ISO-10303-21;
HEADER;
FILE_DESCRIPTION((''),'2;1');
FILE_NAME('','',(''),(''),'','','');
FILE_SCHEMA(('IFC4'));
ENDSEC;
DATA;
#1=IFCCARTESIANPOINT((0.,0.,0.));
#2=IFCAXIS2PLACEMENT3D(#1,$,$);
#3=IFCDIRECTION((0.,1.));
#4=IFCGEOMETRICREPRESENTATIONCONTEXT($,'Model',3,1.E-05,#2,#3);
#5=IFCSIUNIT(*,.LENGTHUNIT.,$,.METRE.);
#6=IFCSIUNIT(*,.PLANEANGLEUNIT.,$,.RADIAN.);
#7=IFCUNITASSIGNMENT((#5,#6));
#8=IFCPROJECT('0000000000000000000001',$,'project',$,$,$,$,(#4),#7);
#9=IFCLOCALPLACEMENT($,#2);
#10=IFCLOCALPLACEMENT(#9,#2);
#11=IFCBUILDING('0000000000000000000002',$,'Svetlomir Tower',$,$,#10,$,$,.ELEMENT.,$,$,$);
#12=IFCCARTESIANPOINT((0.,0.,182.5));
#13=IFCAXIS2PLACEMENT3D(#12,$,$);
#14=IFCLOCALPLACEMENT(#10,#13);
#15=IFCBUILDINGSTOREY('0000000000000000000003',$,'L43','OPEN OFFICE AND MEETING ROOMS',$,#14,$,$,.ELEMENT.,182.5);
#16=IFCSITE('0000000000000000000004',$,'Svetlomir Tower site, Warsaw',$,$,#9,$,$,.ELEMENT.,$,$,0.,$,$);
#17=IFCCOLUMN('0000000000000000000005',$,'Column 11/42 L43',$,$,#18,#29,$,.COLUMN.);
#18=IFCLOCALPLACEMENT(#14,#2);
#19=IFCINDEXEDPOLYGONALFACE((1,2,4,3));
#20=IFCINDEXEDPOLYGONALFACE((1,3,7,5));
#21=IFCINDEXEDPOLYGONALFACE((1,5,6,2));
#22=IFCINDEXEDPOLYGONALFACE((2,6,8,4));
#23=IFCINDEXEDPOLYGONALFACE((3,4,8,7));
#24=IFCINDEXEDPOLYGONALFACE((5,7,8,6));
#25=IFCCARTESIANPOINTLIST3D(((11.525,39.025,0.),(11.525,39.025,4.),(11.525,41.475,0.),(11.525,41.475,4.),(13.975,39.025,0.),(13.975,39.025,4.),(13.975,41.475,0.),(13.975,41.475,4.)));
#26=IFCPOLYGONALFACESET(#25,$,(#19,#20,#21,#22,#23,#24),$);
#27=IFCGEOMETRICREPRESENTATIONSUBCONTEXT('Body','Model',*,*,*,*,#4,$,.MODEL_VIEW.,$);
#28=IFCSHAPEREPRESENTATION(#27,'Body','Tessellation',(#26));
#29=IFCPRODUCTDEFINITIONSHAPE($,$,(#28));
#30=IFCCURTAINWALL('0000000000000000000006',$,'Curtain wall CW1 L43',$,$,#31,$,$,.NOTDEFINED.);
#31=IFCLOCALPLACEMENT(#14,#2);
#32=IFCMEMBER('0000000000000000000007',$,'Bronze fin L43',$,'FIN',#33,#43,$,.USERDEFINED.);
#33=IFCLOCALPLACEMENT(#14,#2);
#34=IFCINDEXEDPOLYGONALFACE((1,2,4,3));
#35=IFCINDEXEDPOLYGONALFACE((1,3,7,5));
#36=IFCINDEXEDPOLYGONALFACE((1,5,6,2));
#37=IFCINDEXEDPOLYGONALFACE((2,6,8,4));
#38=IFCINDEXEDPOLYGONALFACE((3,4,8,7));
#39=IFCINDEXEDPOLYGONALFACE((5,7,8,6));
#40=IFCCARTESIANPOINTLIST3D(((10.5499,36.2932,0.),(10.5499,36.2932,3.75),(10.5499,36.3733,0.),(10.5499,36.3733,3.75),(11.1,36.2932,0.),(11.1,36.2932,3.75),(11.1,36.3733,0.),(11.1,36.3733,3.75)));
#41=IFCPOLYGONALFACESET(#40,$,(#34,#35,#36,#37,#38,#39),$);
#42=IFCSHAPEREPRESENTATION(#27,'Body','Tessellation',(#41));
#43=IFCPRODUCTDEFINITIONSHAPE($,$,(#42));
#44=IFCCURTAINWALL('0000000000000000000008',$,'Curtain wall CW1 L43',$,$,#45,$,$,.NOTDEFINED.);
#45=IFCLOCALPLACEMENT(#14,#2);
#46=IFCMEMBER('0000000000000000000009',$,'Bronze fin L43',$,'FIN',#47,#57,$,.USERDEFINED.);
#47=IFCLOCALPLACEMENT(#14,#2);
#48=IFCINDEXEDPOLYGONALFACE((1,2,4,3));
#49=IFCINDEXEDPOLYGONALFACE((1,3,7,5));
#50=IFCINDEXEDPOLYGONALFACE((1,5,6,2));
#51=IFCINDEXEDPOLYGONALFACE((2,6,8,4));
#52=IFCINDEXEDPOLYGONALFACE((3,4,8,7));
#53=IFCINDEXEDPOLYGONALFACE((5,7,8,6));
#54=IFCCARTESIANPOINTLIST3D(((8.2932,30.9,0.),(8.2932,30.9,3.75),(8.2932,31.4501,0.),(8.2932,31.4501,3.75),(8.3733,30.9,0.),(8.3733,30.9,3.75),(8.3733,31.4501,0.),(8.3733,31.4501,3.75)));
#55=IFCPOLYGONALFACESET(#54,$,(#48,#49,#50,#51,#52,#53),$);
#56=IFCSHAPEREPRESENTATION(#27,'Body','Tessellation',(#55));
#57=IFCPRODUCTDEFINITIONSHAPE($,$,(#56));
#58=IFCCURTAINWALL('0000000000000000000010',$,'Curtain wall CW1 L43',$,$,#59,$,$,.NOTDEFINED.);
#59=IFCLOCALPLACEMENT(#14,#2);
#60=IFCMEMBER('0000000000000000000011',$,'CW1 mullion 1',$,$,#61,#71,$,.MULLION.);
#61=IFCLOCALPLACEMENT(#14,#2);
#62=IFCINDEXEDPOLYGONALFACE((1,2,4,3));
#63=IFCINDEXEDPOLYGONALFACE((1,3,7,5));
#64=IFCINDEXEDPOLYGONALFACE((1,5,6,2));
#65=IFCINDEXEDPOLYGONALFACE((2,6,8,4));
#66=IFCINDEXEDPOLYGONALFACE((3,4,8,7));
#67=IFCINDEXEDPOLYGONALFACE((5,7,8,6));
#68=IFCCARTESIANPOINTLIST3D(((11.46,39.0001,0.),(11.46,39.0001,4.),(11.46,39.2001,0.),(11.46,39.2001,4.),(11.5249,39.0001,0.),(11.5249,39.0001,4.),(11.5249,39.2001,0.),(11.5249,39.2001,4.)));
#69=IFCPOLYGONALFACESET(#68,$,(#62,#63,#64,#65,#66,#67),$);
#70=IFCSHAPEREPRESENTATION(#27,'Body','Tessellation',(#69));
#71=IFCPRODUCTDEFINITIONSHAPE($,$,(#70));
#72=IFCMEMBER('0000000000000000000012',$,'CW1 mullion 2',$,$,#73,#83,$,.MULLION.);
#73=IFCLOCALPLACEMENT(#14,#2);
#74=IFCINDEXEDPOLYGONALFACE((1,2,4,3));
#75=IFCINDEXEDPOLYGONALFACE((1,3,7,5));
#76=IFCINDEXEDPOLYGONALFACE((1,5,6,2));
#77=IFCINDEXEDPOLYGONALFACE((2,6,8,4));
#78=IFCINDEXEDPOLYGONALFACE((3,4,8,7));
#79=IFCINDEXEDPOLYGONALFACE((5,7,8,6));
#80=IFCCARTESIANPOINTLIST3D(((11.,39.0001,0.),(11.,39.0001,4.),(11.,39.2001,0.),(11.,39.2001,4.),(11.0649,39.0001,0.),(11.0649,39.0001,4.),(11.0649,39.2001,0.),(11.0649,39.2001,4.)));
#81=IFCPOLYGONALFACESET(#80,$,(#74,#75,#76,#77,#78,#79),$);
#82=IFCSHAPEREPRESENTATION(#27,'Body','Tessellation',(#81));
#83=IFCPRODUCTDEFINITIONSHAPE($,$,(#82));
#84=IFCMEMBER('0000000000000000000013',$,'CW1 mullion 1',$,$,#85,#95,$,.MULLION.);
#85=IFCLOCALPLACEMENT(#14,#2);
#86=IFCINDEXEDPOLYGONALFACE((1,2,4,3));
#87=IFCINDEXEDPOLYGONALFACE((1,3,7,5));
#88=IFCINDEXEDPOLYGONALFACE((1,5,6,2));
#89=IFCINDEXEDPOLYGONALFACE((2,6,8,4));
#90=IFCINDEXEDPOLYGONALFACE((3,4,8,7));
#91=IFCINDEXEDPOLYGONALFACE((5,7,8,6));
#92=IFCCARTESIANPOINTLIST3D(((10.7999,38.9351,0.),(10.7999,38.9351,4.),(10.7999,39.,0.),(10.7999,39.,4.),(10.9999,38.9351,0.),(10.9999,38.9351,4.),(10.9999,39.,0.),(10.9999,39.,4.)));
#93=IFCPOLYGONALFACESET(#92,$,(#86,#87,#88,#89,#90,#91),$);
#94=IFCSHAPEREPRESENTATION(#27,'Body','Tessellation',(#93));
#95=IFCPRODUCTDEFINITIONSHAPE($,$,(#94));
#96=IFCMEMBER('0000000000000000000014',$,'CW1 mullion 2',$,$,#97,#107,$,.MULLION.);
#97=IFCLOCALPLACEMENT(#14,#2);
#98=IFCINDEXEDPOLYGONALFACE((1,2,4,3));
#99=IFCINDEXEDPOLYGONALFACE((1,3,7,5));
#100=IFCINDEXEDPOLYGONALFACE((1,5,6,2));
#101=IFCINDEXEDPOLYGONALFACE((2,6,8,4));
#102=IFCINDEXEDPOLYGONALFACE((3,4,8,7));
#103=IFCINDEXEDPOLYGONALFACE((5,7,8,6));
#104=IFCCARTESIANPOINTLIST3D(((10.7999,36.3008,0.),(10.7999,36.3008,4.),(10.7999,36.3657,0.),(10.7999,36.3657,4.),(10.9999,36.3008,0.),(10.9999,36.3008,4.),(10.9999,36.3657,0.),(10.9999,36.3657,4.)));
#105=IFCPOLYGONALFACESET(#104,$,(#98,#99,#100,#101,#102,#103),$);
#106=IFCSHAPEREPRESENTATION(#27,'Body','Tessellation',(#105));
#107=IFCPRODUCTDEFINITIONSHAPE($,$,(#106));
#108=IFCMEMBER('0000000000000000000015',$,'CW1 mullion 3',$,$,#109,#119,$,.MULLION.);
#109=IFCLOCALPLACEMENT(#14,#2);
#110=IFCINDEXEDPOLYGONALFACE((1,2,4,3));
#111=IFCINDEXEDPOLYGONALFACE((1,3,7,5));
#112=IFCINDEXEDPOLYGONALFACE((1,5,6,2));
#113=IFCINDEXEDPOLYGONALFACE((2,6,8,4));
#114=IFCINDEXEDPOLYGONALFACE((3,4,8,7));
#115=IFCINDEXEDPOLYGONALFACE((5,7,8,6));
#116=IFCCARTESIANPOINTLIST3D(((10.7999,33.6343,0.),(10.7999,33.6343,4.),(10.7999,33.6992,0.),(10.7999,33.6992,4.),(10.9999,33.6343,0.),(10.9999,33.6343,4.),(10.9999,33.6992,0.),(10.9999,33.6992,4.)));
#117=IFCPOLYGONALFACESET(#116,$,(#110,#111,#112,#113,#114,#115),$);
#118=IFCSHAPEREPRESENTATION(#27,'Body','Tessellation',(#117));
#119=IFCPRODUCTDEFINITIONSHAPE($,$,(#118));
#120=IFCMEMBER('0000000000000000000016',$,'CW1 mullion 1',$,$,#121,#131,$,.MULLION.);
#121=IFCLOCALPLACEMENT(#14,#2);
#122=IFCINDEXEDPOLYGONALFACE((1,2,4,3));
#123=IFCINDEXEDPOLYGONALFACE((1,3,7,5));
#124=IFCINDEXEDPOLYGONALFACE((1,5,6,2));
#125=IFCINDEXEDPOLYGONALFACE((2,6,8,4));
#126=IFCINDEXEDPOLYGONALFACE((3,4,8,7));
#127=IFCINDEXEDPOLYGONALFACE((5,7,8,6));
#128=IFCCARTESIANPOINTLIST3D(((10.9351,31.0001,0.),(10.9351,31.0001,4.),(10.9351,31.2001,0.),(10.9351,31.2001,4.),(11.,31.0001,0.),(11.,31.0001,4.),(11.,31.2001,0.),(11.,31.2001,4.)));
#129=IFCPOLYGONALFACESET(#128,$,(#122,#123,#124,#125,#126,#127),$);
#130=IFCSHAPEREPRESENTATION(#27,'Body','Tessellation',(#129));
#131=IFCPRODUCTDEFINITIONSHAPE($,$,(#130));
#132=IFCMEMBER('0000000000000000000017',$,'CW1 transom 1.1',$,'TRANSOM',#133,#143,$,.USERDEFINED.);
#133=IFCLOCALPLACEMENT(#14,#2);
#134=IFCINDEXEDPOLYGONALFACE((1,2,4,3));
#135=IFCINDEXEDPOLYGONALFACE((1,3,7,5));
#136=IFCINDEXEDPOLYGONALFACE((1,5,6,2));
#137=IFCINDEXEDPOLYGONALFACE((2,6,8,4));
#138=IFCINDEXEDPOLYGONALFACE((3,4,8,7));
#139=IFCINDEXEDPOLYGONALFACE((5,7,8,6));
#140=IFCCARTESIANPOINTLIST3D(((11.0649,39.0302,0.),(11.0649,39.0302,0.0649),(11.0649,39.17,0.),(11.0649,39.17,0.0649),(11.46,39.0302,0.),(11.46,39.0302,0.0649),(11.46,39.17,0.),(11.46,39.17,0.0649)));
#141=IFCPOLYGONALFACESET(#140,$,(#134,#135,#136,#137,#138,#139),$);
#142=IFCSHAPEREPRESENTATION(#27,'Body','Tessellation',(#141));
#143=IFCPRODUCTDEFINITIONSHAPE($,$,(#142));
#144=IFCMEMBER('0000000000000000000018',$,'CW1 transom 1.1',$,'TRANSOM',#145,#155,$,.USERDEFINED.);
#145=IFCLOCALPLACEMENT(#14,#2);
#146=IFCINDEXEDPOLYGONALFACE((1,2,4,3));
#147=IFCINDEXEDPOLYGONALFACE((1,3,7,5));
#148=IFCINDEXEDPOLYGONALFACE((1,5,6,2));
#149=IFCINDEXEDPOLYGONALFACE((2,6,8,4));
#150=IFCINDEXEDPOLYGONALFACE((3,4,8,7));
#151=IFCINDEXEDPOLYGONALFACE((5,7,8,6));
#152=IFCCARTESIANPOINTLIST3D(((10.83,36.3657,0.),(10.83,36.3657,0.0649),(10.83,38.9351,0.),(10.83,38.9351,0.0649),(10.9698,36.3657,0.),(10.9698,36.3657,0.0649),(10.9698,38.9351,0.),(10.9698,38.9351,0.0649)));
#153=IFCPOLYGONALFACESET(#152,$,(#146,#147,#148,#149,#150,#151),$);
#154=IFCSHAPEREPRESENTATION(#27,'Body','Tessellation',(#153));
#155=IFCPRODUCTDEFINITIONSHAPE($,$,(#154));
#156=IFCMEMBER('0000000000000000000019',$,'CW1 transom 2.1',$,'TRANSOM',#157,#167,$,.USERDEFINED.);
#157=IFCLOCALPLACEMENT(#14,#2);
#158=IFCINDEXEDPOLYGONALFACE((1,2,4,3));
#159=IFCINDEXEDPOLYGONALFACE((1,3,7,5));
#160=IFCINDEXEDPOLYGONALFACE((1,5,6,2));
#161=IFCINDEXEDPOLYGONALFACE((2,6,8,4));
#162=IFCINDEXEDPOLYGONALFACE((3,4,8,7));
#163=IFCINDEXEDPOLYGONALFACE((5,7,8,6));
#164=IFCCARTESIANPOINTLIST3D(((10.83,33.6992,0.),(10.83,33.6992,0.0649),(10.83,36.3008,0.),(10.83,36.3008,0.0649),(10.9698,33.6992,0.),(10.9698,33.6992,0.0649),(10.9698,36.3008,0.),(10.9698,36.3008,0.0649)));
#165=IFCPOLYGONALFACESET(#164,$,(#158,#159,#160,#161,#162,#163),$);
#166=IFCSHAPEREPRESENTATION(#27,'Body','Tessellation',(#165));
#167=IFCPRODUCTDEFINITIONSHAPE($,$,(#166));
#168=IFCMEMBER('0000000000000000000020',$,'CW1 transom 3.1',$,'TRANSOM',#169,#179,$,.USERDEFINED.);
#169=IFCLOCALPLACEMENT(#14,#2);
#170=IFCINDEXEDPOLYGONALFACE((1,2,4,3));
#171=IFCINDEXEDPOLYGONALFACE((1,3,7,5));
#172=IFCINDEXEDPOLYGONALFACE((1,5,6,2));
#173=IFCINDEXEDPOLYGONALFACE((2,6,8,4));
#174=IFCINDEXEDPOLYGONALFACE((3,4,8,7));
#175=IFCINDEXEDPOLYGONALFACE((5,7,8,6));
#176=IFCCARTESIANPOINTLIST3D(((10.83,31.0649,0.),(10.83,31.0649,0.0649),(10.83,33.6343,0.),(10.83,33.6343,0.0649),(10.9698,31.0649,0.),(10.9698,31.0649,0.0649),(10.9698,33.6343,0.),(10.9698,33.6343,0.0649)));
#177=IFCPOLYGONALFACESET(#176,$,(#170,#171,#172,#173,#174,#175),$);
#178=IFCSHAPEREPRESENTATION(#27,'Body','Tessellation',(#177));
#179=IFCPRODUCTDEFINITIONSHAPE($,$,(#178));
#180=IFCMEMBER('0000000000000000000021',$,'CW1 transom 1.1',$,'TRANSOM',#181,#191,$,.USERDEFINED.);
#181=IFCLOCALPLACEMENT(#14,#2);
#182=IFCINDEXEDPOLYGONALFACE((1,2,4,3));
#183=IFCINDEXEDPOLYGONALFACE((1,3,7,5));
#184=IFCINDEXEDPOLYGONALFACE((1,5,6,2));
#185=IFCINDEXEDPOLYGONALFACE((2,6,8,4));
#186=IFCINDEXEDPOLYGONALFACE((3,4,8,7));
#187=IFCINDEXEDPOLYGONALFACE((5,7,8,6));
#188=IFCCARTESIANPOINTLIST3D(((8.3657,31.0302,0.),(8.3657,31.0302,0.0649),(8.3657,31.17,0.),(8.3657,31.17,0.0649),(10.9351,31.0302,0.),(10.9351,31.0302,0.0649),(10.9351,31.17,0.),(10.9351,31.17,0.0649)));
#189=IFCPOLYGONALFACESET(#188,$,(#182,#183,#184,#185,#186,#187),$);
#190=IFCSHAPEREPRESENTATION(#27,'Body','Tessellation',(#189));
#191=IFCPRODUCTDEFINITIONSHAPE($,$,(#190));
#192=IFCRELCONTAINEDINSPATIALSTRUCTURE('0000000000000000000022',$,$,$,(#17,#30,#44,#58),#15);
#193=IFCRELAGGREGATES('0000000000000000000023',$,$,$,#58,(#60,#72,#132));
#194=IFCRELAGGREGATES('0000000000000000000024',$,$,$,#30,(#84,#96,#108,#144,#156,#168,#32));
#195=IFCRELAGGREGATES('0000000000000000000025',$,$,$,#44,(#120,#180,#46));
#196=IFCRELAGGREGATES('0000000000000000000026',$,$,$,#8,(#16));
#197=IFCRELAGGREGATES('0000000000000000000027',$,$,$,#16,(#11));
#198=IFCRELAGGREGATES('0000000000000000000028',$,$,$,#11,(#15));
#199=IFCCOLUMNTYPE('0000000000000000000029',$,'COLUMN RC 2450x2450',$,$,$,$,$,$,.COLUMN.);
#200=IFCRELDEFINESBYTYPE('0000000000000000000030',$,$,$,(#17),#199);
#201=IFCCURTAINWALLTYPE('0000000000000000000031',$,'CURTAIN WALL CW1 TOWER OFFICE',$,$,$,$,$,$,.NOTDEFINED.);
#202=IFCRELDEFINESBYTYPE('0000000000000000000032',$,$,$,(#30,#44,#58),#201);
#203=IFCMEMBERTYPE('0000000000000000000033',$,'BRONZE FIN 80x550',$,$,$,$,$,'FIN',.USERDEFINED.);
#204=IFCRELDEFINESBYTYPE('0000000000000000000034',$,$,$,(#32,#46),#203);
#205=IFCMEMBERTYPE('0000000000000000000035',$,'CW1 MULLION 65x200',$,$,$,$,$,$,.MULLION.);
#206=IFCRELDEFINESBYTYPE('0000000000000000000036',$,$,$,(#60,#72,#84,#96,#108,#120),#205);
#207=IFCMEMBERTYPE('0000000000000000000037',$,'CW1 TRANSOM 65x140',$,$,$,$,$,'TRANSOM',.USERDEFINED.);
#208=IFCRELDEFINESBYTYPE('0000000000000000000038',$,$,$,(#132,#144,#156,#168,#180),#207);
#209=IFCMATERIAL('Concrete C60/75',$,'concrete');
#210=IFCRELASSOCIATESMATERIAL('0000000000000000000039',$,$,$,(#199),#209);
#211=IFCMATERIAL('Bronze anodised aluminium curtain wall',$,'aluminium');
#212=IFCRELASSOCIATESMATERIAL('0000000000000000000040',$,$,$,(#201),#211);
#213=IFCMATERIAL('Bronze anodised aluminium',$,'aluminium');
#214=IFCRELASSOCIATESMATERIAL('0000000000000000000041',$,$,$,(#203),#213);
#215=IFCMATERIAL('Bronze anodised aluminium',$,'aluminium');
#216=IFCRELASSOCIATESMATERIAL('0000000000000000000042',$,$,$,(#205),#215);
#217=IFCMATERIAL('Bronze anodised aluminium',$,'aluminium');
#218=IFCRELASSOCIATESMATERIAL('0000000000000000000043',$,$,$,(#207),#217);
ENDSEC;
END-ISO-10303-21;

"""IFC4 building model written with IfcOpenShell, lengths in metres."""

from ifc_helpers import new_model, si_unit, direction, frame, origin, origin_2d, place, context, subcontext, project, spatial, rectangle, extrude, material, material_profile, profile_set, type_object, element, aggregate, save


model = new_model("IFC4")

# Units and contexts
model_context = context("Model", 3, precision=1e-05, world=origin(), true_north=direction((0.0, 1.0)))
body_context = subcontext(model_context, "Body", "Model", "MODEL_VIEW")
ifc_project = project(units=[si_unit("LENGTHUNIT", "METRE"), si_unit("PLANEANGLEUNIT", "RADIAN")], contexts=[model_context])

# Site, building, storey
site_placement = place(None, origin())
site = spatial("IfcSite", under=ifc_project, at=site_placement, Name="Svetlomir Tower site, Warsaw", CompositionType="ELEMENT", RefElevation=0.0)
building_placement = place(site_placement, origin())
building = spatial("IfcBuilding", under=site, at=building_placement, Name="Svetlomir Tower", CompositionType="ELEMENT")
storey_placement = place(building_placement, frame((0.0, 0.0, 182.5)))
storey = spatial("IfcBuildingStorey", under=building, at=storey_placement, Name="L43", Description="OPEN OFFICE AND MEETING ROOMS", CompositionType="ELEMENT", Elevation=182.5)

# Column
ifc_material_1 = material(Name="Concrete C60/75", Category="concrete")
ifc_material_profile_1 = material_profile(ifc_material_1, rectangle(XDim=2.45, YDim=2.45, at=origin_2d()), Name="RC 2450x2450")
ifc_profile_set_1 = profile_set([ifc_material_profile_1], Name="Concrete C60/75")
column_type = type_object("IfcColumnType", Name="COLUMN RC 2450x2450", PredefinedType="COLUMN", material=ifc_profile_set_1)
column_placement = place(storey_placement, frame((12.75, 40.25, 0.0), z_axis=(0.0, 0.0, 1.0), x_axis=(1.0, 0.0, 0.0)))
element("IfcColumn", 1, at=column_placement, inside=storey, type_object=column_type, Name="Column 11/42 L43", PredefinedType="COLUMN", context=body_context, shape_type="SweptSolid", body=[
    extrude(rectangle(XDim=2.45, YDim=2.45, at=origin_2d()), origin(), (0.0, 0.0, 1.0), 4.0),
])

# Curtain walls, members
ifc_material_2 = material(Name="Bronze anodised aluminium curtain wall", Category="aluminium")
curtain_wall_type = type_object("IfcCurtainWallType", Name="CURTAIN WALL CW1 TOWER OFFICE", PredefinedType="NOTDEFINED", material=ifc_material_2)
curtain_wall_1_placement = place(storey_placement, origin())
curtain_wall_1 = element("IfcCurtainWall", 2, at=curtain_wall_1_placement, inside=storey, type_object=curtain_wall_type, Name="Curtain wall CW1 L43", PredefinedType="NOTDEFINED")
ifc_material_3 = material(Name="Bronze anodised aluminium", Category="aluminium")
ifc_material_profile_2 = material_profile(ifc_material_3, rectangle(XDim=0.0801, YDim=0.55, at=origin_2d()), Name="FIN 80x550")
ifc_profile_set_2 = profile_set([ifc_material_profile_2], Name="Bronze anodised aluminium 6063-T6")
member_type_1 = type_object("IfcMemberType", Name="BRONZE FIN 80x550", ElementType="FIN", PredefinedType="USERDEFINED", material=ifc_profile_set_2)
member_1_placement = place(storey_placement, frame((10.825, 36.3333, 0.0), z_axis=(0.0, 0.0, 1.0), x_axis=(0.0, 1.0, 0.0)))
member_1 = element("IfcMember", 3, at=member_1_placement, type_object=member_type_1, Name="Bronze fin L43", ObjectType="FIN", PredefinedType="USERDEFINED", context=body_context, shape_type="SweptSolid", body=[
    extrude(rectangle(XDim=0.0801, YDim=0.55, at=origin_2d()), origin(), (0.0, 0.0, 1.0), 3.75),
])
curtain_wall_2_placement = place(storey_placement, origin())
curtain_wall_2 = element("IfcCurtainWall", 4, at=curtain_wall_2_placement, inside=storey, type_object=curtain_wall_type, Name="Curtain wall CW1 L43", PredefinedType="NOTDEFINED")
member_2_placement = place(storey_placement, frame((8.3333, 31.175, 0.0), z_axis=(0.0, 0.0, 1.0), x_axis=(1.0, 0.0, 0.0)))
member_2 = element("IfcMember", 5, at=member_2_placement, type_object=member_type_1, Name="Bronze fin L43", ObjectType="FIN", PredefinedType="USERDEFINED", context=body_context, shape_type="SweptSolid", body=[
    extrude(rectangle(XDim=0.0801, YDim=0.55, at=origin_2d()), origin(), (0.0, 0.0, 1.0), 3.75),
])

# Curtain wall, members
curtain_wall_3_placement = place(storey_placement, origin())
curtain_wall_3 = element("IfcCurtainWall", 6, at=curtain_wall_3_placement, inside=storey, type_object=curtain_wall_type, Name="Curtain wall CW1 L43", PredefinedType="NOTDEFINED")
ifc_material_4 = material(Name="Bronze anodised aluminium", Category="aluminium")
ifc_material_profile_3 = material_profile(ifc_material_4, rectangle(XDim=0.0649, YDim=0.2, at=origin_2d()), Name="AL 65x200")
ifc_profile_set_3 = profile_set([ifc_material_profile_3], Name="Bronze anodised aluminium 6063-T6")
member_type_2 = type_object("IfcMemberType", Name="CW1 MULLION 65x200", PredefinedType="MULLION", material=ifc_profile_set_3)
member_3_placement = place(storey_placement, frame((11.4924, 39.1001, 0.0), z_axis=(0.0, 0.0, 1.0), x_axis=(-1.0, 0.0, 0.0)))
member_3 = element("IfcMember", 7, at=member_3_placement, type_object=member_type_2, Name="CW1 mullion 1", PredefinedType="MULLION", context=body_context, shape_type="SweptSolid", body=[
    extrude(rectangle(XDim=0.0649, YDim=0.2, at=origin_2d()), origin(), (0.0, 0.0, 1.0), 4.0),
])
member_4_placement = place(storey_placement, frame((11.0325, 39.1001, 0.0), z_axis=(0.0, 0.0, 1.0), x_axis=(-1.0, 0.0, 0.0)))
member_4 = element("IfcMember", 8, at=member_4_placement, type_object=member_type_2, Name="CW1 mullion 2", PredefinedType="MULLION", context=body_context, shape_type="SweptSolid", body=[
    extrude(rectangle(XDim=0.0649, YDim=0.2, at=origin_2d()), origin(), (0.0, 0.0, 1.0), 4.0),
])

# Members
member_5_placement = place(storey_placement, frame((10.8999, 38.9675, 0.0), z_axis=(0.0, 0.0, 1.0), x_axis=(0.0, -1.0, 0.0)))
member_5 = element("IfcMember", 9, at=member_5_placement, type_object=member_type_2, Name="CW1 mullion 1", PredefinedType="MULLION", context=body_context, shape_type="SweptSolid", body=[
    extrude(rectangle(XDim=0.0649, YDim=0.2, at=origin_2d()), origin(), (0.0, 0.0, 1.0), 4.0),
])
member_6_placement = place(storey_placement, frame((10.8999, 36.3333, 0.0), z_axis=(0.0, 0.0, 1.0), x_axis=(0.0, -1.0, 0.0)))
member_6 = element("IfcMember", 10, at=member_6_placement, type_object=member_type_2, Name="CW1 mullion 2", PredefinedType="MULLION", context=body_context, shape_type="SweptSolid", body=[
    extrude(rectangle(XDim=0.0649, YDim=0.2, at=origin_2d()), origin(), (0.0, 0.0, 1.0), 4.0),
])
member_7_placement = place(storey_placement, frame((10.8999, 33.6667, 0.0), z_axis=(0.0, 0.0, 1.0), x_axis=(0.0, -1.0, 0.0)))
member_7 = element("IfcMember", 11, at=member_7_placement, type_object=member_type_2, Name="CW1 mullion 3", PredefinedType="MULLION", context=body_context, shape_type="SweptSolid", body=[
    extrude(rectangle(XDim=0.0649, YDim=0.2, at=origin_2d()), origin(), (0.0, 0.0, 1.0), 4.0),
])
member_8_placement = place(storey_placement, frame((10.9675, 31.1001, 0.0), z_axis=(0.0, 0.0, 1.0), x_axis=(-1.0, 0.0, 0.0)))
member_8 = element("IfcMember", 12, at=member_8_placement, type_object=member_type_2, Name="CW1 mullion 1", PredefinedType="MULLION", context=body_context, shape_type="SweptSolid", body=[
    extrude(rectangle(XDim=0.0649, YDim=0.2, at=origin_2d()), origin(), (0.0, 0.0, 1.0), 4.0),
])
ifc_material_5 = material(Name="Bronze anodised aluminium", Category="aluminium")
ifc_material_profile_4 = material_profile(ifc_material_5, rectangle(XDim=0.1399, YDim=0.0649, at=origin_2d()), Name="AL 140x65")
ifc_profile_set_4 = profile_set([ifc_material_profile_4], Name="Bronze anodised aluminium 6063-T6")
member_type_3 = type_object("IfcMemberType", Name="CW1 TRANSOM 65x140", ElementType="TRANSOM", PredefinedType="USERDEFINED", material=ifc_profile_set_4)
member_9_placement = place(storey_placement, frame((11.46, 39.1001, 0.0325), z_axis=(-1.0, 0.0, 0.0), x_axis=(0.0, -1.0, 0.0)))
member_9 = element("IfcMember", 13, at=member_9_placement, type_object=member_type_3, Name="CW1 transom 1.1", ObjectType="TRANSOM", PredefinedType="USERDEFINED", context=body_context, shape_type="SweptSolid", body=[
    extrude(rectangle(XDim=0.1399, YDim=0.0649, at=origin_2d()), origin(), (0.0, 0.0, 1.0), 0.395),
])
member_10_placement = place(storey_placement, frame((10.8999, 38.9351, 0.0325), z_axis=(0.0, -1.0, 0.0), x_axis=(1.0, 0.0, 0.0)))
member_10 = element("IfcMember", 14, at=member_10_placement, type_object=member_type_3, Name="CW1 transom 1.1", ObjectType="TRANSOM", PredefinedType="USERDEFINED", context=body_context, shape_type="SweptSolid", body=[
    extrude(rectangle(XDim=0.1399, YDim=0.0649, at=origin_2d()), origin(), (0.0, 0.0, 1.0), 2.5693),
])
member_11_placement = place(storey_placement, frame((10.8999, 36.3008, 0.0325), z_axis=(0.0, -1.0, 0.0), x_axis=(1.0, 0.0, 0.0)))
member_11 = element("IfcMember", 15, at=member_11_placement, type_object=member_type_3, Name="CW1 transom 2.1", ObjectType="TRANSOM", PredefinedType="USERDEFINED", context=body_context, shape_type="SweptSolid", body=[
    extrude(rectangle(XDim=0.1399, YDim=0.0649, at=origin_2d()), origin(), (0.0, 0.0, 1.0), 2.6016),
])
member_12_placement = place(storey_placement, frame((10.8999, 33.6343, 0.0325), z_axis=(0.0, -1.0, 0.0), x_axis=(1.0, 0.0, 0.0)))
member_12 = element("IfcMember", 16, at=member_12_placement, type_object=member_type_3, Name="CW1 transom 3.1", ObjectType="TRANSOM", PredefinedType="USERDEFINED", context=body_context, shape_type="SweptSolid", body=[
    extrude(rectangle(XDim=0.1399, YDim=0.0649, at=origin_2d()), origin(), (0.0, 0.0, 1.0), 2.5693),
])
member_13_placement = place(storey_placement, frame((10.9351, 31.1001, 0.0325), z_axis=(-1.0, 0.0, 0.0), x_axis=(0.0, -1.0, 0.0)))
member_13 = element("IfcMember", 17, at=member_13_placement, type_object=member_type_3, Name="CW1 transom 1.1", ObjectType="TRANSOM", PredefinedType="USERDEFINED", context=body_context, shape_type="SweptSolid", body=[
    extrude(rectangle(XDim=0.1399, YDim=0.0649, at=origin_2d()), origin(), (0.0, 0.0, 1.0), 2.5693),
])

aggregate(curtain_wall_3, [member_3, member_4, member_9])
aggregate(curtain_wall_1, [member_5, member_6, member_7, member_10, member_11, member_12, member_1])
aggregate(curtain_wall_2, [member_8, member_13, member_2])

save(model, "model.ifc")
